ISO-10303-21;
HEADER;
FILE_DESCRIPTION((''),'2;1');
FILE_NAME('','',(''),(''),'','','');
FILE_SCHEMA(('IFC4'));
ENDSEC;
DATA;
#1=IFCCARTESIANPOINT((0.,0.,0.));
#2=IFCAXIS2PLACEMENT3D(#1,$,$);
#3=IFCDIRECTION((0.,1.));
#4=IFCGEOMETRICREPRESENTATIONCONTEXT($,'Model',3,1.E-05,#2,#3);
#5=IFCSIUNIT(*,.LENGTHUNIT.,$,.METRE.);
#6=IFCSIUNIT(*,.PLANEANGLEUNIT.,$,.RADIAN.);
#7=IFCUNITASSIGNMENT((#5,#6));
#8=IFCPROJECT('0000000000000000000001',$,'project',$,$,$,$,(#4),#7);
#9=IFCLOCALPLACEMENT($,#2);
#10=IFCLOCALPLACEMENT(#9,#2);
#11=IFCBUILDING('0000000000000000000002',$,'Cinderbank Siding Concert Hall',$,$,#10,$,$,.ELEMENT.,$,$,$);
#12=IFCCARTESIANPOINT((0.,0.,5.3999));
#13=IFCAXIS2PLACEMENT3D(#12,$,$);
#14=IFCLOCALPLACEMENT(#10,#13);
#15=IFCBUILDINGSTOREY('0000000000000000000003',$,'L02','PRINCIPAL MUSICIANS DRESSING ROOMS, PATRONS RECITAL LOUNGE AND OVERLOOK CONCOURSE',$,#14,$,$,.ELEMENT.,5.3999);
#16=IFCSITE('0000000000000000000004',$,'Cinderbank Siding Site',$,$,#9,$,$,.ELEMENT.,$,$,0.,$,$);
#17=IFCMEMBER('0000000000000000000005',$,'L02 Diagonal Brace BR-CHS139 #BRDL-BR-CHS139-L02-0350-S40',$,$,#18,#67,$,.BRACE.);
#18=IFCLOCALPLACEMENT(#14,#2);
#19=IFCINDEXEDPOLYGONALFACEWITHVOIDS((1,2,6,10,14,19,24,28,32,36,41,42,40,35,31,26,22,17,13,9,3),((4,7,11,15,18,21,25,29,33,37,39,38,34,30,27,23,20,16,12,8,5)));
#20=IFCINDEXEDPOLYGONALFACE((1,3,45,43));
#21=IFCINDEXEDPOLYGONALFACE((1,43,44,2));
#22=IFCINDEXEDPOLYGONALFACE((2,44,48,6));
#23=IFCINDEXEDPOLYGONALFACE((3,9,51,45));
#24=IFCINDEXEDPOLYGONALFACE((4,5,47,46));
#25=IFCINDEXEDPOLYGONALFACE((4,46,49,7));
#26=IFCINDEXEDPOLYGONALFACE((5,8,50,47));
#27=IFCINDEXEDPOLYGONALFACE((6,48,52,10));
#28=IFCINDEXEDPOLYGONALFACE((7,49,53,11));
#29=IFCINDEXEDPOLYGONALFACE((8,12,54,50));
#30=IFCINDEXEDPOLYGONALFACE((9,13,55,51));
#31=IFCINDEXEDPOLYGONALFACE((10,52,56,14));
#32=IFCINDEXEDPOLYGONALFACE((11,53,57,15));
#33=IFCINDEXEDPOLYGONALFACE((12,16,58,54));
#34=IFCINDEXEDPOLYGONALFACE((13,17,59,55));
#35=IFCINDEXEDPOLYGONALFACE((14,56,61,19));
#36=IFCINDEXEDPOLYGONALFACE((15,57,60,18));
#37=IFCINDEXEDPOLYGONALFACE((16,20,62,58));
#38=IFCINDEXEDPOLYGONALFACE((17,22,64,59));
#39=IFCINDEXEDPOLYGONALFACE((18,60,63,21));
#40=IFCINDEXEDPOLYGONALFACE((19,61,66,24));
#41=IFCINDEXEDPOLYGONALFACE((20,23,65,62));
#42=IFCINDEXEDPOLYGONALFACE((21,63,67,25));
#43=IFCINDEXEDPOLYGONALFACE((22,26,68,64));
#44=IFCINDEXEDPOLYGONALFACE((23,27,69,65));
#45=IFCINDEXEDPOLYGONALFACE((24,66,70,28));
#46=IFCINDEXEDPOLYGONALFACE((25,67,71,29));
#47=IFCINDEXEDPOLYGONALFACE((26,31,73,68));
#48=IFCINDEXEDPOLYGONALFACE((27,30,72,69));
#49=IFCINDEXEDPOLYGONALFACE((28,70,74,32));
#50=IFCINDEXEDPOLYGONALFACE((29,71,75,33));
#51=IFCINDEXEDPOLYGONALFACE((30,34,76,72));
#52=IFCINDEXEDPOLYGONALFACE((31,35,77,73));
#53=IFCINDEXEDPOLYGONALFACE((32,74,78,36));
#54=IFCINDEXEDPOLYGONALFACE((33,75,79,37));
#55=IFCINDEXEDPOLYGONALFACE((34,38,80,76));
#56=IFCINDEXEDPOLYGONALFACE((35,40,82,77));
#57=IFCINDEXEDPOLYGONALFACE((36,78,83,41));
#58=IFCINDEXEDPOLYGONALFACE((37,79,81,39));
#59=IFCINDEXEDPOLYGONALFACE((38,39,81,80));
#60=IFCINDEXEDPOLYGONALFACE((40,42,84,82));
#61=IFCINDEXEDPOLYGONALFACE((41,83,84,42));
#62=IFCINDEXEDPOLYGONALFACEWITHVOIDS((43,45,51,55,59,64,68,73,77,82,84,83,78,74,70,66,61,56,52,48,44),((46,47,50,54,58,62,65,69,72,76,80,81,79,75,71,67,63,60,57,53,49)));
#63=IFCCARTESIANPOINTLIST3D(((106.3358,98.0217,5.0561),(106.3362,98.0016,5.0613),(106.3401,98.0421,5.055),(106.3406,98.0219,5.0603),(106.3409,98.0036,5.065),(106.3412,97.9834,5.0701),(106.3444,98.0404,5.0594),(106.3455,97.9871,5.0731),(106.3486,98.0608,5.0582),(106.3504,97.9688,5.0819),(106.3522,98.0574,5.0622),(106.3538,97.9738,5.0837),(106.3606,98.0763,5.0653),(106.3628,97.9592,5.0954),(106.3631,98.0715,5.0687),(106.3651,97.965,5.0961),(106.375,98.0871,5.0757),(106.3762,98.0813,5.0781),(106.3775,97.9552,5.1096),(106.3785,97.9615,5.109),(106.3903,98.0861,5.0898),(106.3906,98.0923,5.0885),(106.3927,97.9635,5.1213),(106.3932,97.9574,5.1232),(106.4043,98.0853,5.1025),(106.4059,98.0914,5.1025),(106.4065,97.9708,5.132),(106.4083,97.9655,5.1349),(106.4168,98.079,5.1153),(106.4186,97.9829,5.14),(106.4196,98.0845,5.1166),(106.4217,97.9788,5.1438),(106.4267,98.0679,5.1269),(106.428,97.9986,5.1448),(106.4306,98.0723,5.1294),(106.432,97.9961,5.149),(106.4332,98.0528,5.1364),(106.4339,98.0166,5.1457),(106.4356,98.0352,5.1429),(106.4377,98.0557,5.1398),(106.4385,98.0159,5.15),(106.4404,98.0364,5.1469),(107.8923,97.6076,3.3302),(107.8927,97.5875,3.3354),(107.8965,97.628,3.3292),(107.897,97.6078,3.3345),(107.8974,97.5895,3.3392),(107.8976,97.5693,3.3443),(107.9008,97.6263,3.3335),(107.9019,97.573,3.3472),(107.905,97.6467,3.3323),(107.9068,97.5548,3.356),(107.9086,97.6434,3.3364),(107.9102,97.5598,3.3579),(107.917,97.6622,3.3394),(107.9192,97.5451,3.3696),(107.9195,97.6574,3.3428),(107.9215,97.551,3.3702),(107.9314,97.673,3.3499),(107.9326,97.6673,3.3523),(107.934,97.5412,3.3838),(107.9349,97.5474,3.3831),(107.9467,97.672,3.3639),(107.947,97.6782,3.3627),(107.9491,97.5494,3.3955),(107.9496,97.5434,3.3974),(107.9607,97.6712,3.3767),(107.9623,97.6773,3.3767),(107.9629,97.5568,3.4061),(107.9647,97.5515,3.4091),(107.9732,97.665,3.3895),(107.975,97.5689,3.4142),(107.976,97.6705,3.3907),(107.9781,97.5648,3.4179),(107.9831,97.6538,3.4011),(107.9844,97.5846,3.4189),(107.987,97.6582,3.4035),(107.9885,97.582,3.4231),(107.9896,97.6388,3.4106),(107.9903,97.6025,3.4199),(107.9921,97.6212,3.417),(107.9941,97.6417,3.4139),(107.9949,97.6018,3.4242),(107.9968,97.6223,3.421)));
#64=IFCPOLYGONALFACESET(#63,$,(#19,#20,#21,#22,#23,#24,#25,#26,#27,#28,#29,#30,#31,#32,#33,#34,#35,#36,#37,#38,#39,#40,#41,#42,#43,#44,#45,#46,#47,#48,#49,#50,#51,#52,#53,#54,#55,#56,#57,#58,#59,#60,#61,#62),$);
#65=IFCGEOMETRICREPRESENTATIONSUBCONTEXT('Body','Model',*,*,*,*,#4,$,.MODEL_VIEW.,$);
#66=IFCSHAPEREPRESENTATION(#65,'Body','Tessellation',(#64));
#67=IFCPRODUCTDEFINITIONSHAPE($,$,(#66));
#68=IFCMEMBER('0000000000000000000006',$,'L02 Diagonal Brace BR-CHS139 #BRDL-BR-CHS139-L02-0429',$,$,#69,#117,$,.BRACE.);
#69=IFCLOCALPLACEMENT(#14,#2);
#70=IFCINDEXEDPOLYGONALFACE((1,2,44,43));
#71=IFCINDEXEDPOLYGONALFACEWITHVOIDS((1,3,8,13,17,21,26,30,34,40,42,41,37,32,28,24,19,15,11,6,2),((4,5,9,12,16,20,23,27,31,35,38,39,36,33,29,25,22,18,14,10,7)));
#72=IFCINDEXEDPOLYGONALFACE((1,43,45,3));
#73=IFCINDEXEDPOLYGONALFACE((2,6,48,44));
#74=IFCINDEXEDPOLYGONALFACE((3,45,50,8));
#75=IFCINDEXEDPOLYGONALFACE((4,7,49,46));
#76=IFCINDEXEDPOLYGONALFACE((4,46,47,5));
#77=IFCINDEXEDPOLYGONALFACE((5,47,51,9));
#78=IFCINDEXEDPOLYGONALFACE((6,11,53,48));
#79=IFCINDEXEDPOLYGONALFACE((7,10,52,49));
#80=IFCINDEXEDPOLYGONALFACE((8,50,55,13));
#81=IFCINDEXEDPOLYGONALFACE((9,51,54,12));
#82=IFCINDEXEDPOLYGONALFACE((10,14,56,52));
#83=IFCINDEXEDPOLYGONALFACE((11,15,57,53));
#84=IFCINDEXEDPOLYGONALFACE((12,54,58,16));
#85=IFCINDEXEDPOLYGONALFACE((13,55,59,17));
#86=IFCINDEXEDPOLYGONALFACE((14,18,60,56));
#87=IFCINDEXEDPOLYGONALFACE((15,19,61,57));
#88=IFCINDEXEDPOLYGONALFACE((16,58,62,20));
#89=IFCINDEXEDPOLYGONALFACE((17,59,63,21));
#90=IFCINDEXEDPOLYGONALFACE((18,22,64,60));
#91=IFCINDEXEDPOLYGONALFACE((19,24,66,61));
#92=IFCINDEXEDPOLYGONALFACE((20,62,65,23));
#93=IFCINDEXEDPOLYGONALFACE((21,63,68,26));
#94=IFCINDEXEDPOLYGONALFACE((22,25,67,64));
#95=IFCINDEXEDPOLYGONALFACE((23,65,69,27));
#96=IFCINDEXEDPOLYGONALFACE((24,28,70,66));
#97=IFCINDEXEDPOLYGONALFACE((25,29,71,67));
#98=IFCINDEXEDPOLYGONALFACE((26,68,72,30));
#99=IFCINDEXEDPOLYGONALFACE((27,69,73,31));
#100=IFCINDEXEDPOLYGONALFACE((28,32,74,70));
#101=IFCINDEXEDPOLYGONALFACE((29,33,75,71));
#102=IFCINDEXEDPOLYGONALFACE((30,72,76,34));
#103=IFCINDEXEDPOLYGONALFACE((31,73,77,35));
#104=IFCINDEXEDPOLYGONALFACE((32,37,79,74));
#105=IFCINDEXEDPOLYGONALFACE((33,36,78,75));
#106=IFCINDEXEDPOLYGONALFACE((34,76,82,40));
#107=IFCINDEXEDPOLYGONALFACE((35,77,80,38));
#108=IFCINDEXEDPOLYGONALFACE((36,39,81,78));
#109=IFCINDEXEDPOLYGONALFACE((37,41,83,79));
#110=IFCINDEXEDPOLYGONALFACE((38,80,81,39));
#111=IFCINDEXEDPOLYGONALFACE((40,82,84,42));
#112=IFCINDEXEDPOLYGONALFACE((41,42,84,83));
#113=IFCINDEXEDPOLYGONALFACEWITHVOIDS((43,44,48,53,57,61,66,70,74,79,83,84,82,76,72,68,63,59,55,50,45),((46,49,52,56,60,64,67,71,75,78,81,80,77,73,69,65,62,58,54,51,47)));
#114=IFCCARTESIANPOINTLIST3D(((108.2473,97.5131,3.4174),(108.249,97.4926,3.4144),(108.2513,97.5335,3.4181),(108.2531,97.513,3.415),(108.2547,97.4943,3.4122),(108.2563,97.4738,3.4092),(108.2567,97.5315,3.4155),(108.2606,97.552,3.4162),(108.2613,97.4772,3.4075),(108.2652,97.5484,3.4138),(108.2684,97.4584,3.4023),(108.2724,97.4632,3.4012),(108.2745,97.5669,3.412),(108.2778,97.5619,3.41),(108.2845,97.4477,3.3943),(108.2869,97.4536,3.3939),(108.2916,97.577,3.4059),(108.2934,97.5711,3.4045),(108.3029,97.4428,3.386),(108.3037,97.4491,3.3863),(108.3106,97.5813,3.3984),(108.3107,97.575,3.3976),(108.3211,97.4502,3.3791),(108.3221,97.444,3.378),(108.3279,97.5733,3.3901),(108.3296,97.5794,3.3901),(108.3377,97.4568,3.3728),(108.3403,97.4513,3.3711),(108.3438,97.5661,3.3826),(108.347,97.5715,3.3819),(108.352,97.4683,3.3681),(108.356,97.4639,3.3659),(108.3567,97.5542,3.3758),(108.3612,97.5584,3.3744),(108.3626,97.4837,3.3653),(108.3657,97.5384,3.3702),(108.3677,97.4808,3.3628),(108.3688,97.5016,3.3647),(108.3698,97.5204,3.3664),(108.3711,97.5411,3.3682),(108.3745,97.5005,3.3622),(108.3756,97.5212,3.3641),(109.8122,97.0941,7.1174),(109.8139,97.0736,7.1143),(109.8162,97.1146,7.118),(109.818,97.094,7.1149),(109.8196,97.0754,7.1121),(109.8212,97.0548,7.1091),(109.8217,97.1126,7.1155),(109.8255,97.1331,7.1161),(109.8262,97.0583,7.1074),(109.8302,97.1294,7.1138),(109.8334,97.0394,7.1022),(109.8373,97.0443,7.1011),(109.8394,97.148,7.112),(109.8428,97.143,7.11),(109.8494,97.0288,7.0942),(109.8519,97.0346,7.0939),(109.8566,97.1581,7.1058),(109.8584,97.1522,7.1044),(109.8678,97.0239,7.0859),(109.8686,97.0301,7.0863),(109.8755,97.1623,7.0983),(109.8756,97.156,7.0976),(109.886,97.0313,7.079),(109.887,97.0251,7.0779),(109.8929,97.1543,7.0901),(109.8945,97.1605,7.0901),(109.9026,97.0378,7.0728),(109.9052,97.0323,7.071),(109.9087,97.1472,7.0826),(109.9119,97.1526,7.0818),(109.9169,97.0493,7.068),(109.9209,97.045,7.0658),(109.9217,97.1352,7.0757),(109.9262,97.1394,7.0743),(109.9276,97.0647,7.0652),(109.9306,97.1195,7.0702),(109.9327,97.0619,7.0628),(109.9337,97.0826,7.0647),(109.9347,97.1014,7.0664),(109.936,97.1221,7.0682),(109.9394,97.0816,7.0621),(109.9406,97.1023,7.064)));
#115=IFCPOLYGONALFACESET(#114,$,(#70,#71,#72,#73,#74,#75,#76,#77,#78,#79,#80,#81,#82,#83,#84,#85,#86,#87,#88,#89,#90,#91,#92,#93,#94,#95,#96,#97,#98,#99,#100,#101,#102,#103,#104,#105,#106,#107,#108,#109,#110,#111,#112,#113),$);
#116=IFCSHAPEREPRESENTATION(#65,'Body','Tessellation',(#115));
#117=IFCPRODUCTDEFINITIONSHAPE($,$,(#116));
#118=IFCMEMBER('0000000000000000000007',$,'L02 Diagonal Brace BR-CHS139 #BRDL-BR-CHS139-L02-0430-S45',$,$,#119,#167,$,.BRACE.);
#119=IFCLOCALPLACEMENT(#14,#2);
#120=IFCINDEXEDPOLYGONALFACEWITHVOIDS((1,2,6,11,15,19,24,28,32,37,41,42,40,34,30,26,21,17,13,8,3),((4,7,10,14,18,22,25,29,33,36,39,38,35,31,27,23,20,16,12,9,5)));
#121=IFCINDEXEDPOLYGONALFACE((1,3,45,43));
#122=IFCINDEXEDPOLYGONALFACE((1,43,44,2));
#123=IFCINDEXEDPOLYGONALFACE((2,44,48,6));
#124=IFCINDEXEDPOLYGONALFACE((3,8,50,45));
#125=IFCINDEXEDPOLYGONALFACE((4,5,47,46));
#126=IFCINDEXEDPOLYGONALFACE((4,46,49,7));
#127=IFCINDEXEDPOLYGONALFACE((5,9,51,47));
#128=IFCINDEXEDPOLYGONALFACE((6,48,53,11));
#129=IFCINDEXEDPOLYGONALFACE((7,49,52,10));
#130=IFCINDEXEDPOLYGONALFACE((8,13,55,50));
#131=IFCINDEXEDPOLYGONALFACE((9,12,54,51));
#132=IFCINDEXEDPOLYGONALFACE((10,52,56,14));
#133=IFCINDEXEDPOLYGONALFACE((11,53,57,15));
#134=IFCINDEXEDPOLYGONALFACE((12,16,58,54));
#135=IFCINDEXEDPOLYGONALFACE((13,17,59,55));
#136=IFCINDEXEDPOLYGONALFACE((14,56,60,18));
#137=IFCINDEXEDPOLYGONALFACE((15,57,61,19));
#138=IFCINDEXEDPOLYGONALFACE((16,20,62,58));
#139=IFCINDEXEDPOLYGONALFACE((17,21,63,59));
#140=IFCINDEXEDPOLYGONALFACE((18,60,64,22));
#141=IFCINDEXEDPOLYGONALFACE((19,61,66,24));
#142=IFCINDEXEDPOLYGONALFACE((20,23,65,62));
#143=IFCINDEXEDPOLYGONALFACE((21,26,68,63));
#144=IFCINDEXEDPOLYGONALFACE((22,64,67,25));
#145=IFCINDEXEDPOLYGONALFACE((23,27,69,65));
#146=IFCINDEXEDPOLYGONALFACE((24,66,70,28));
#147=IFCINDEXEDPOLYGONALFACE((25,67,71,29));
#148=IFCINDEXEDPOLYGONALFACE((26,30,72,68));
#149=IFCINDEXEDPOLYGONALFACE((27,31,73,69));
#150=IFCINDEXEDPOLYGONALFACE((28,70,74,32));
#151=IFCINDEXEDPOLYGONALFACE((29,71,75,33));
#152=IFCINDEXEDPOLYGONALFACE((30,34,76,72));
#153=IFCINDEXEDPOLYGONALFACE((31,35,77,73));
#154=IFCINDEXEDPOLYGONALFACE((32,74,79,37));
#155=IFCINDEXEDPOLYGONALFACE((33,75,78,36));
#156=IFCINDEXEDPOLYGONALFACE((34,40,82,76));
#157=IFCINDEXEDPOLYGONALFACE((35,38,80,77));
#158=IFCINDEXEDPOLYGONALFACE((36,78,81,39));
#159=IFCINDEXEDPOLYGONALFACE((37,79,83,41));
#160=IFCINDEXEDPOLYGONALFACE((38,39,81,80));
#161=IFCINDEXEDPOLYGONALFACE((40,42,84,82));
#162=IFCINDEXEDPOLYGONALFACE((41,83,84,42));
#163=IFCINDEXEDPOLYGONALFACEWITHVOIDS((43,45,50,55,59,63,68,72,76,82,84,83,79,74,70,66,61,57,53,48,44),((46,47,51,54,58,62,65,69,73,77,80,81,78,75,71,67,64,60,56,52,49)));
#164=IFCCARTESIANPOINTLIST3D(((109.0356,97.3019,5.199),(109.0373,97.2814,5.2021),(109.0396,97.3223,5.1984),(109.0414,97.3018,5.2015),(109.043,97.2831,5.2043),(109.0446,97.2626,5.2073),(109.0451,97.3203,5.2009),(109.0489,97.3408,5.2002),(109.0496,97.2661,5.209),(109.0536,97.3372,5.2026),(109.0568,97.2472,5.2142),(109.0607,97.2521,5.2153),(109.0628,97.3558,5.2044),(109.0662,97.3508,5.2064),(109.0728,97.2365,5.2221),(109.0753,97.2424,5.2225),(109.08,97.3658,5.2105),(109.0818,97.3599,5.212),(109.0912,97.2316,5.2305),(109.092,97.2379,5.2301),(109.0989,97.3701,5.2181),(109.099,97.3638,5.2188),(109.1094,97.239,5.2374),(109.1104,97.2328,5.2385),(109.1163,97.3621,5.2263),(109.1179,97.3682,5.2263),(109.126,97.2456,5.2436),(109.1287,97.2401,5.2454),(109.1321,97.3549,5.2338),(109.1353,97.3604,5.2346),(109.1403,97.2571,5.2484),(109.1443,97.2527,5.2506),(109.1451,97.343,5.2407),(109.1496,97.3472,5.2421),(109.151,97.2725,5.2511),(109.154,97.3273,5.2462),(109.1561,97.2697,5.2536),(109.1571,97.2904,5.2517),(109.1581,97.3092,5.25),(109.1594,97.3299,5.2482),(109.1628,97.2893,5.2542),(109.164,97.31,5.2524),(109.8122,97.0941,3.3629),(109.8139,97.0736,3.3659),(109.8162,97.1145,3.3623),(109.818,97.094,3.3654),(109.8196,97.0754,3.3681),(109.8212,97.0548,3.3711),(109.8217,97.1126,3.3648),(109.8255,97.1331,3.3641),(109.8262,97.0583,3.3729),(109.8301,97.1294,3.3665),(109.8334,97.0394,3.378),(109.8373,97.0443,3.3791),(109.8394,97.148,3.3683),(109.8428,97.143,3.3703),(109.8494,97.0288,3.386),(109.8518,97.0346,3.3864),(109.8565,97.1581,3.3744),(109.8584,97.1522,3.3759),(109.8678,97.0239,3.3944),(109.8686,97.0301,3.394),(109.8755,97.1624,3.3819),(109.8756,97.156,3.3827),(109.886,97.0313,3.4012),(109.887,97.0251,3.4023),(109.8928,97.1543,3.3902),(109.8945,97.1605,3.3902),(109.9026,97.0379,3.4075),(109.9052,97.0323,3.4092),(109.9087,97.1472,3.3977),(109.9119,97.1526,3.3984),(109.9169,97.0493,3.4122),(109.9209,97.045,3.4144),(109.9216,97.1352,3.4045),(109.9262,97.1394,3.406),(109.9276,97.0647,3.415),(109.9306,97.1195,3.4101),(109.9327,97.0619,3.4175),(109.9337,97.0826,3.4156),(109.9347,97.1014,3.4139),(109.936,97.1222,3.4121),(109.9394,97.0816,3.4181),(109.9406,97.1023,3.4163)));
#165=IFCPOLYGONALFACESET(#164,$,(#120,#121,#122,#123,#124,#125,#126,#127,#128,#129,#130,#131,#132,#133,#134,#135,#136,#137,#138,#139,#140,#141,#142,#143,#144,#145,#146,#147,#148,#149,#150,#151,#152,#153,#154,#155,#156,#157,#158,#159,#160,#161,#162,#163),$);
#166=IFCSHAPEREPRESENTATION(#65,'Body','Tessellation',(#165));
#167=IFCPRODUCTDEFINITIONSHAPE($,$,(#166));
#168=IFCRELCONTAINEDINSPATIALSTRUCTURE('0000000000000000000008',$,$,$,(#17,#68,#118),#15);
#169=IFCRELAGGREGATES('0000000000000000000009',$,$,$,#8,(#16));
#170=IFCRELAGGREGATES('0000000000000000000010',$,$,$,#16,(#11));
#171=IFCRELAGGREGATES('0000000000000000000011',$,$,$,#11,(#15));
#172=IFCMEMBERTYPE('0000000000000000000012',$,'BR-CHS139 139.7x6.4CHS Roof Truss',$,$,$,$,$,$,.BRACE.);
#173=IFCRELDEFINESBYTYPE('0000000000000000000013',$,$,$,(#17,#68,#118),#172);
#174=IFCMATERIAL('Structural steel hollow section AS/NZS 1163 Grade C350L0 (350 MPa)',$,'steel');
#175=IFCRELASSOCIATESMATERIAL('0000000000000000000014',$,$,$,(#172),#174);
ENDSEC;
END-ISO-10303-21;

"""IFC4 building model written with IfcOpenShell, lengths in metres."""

from ifc_helpers import new_model, si_unit, direction, frame, origin, origin_2d, place, context, subcontext, project, spatial, hollow_circle, extrude, material, material_profile, profile_set, type_object, element, save


model = new_model("IFC4")

# Units and contexts
model_context = context("Model", 3, precision=1e-05, world=origin(), true_north=direction((0.0, 1.0)))
body_context = subcontext(model_context, "Body", "Model", "MODEL_VIEW")
ifc_project = project(units=[si_unit("LENGTHUNIT", "METRE"), si_unit("PLANEANGLEUNIT", "RADIAN")], contexts=[model_context])

# Site, building, storey
site_placement = place(None, origin())
site = spatial("IfcSite", under=ifc_project, at=site_placement, Name="Cinderbank Siding Site", CompositionType="ELEMENT", RefElevation=0.0)
building_placement = place(site_placement, origin())
building = spatial("IfcBuilding", under=site, at=building_placement, Name="Cinderbank Siding Concert Hall", CompositionType="ELEMENT")
storey_placement = place(building_placement, frame((0.0, 0.0, 5.3999)))
storey = spatial("IfcBuildingStorey", under=building, at=storey_placement, Name="L02", Description="PRINCIPAL MUSICIANS DRESSING ROOMS, PATRONS RECITAL LOUNGE AND OVERLOOK CONCOURSE", CompositionType="ELEMENT", Elevation=5.3999)

# Shared definitions
ifc_material_1 = material(Name="Structural steel hollow section AS/NZS 1163 Grade C350L0 (350 MPa)", Category="steel")

# Members
ifc_material_profile_1 = material_profile(ifc_material_1, hollow_circle(Radius=0.0698, WallThickness=0.0063, at=origin_2d()), Name="139.7x6.4CHS", Category="LoadBearing")
ifc_profile_set_1 = profile_set([ifc_material_profile_1], Name="Structural steel hollow section AS/NZS 1163 Grade C350L0 (350 MPa)")
member_type_1 = type_object("IfcMemberType", Name="BR-CHS139 139.7x6.4CHS Roof Truss", PredefinedType="BRACE", material=ifc_profile_set_1)
member_1_placement = place(storey_placement, frame((106.3879, 98.0239, 5.1025), z_axis=(0.65933, -0.175408, -0.731106), x_axis=(0.257097, 0.966386, 0.0)))
element("IfcMember", 1, at=member_1_placement, inside=storey, type_object=member_type_1, Name="L02 Diagonal Brace BR-CHS139 #BRDL-BR-CHS139-L02-0350-S40", PredefinedType="BRACE", context=body_context, shape_type="SweptSolid", body=[
    extrude(hollow_circle(Radius=0.0698, WallThickness=0.0063, at=origin_2d()), origin(), (0.0, 0.0, 1.0), 2.3606),
])
member_2_placement = place(storey_placement, frame((108.3115, 97.512, 3.3901), z_axis=(0.38745, -0.103723, 0.916037), x_axis=(0.2586, 0.965984, 0.0)))
element("IfcMember", 2, at=member_2_placement, inside=storey, type_object=member_type_1, Name="L02 Diagonal Brace BR-CHS139 #BRDL-BR-CHS139-L02-0429", PredefinedType="BRACE", context=body_context, shape_type="SweptSolid", body=[
    extrude(hollow_circle(Radius=0.0698, WallThickness=0.0063, at=origin_2d()), origin(), (0.0, 0.0, 1.0), 4.0391),
])
member_3_placement = place(storey_placement, frame((109.0999, 97.3008, 5.2263), z_axis=(0.387442, -0.103651, -0.916049), x_axis=(0.258438, 0.966028, 0.0)))
element("IfcMember", 3, at=member_3_placement, inside=storey, type_object=member_type_1, Name="L02 Diagonal Brace BR-CHS139 #BRDL-BR-CHS139-L02-0430-S45", PredefinedType="BRACE", context=body_context, shape_type="SweptSolid", body=[
    extrude(hollow_circle(Radius=0.0698, WallThickness=0.0063, at=origin_2d()), origin(), (0.0, 0.0, 1.0), 2.0044),
])

save(model, "model.ifc")
